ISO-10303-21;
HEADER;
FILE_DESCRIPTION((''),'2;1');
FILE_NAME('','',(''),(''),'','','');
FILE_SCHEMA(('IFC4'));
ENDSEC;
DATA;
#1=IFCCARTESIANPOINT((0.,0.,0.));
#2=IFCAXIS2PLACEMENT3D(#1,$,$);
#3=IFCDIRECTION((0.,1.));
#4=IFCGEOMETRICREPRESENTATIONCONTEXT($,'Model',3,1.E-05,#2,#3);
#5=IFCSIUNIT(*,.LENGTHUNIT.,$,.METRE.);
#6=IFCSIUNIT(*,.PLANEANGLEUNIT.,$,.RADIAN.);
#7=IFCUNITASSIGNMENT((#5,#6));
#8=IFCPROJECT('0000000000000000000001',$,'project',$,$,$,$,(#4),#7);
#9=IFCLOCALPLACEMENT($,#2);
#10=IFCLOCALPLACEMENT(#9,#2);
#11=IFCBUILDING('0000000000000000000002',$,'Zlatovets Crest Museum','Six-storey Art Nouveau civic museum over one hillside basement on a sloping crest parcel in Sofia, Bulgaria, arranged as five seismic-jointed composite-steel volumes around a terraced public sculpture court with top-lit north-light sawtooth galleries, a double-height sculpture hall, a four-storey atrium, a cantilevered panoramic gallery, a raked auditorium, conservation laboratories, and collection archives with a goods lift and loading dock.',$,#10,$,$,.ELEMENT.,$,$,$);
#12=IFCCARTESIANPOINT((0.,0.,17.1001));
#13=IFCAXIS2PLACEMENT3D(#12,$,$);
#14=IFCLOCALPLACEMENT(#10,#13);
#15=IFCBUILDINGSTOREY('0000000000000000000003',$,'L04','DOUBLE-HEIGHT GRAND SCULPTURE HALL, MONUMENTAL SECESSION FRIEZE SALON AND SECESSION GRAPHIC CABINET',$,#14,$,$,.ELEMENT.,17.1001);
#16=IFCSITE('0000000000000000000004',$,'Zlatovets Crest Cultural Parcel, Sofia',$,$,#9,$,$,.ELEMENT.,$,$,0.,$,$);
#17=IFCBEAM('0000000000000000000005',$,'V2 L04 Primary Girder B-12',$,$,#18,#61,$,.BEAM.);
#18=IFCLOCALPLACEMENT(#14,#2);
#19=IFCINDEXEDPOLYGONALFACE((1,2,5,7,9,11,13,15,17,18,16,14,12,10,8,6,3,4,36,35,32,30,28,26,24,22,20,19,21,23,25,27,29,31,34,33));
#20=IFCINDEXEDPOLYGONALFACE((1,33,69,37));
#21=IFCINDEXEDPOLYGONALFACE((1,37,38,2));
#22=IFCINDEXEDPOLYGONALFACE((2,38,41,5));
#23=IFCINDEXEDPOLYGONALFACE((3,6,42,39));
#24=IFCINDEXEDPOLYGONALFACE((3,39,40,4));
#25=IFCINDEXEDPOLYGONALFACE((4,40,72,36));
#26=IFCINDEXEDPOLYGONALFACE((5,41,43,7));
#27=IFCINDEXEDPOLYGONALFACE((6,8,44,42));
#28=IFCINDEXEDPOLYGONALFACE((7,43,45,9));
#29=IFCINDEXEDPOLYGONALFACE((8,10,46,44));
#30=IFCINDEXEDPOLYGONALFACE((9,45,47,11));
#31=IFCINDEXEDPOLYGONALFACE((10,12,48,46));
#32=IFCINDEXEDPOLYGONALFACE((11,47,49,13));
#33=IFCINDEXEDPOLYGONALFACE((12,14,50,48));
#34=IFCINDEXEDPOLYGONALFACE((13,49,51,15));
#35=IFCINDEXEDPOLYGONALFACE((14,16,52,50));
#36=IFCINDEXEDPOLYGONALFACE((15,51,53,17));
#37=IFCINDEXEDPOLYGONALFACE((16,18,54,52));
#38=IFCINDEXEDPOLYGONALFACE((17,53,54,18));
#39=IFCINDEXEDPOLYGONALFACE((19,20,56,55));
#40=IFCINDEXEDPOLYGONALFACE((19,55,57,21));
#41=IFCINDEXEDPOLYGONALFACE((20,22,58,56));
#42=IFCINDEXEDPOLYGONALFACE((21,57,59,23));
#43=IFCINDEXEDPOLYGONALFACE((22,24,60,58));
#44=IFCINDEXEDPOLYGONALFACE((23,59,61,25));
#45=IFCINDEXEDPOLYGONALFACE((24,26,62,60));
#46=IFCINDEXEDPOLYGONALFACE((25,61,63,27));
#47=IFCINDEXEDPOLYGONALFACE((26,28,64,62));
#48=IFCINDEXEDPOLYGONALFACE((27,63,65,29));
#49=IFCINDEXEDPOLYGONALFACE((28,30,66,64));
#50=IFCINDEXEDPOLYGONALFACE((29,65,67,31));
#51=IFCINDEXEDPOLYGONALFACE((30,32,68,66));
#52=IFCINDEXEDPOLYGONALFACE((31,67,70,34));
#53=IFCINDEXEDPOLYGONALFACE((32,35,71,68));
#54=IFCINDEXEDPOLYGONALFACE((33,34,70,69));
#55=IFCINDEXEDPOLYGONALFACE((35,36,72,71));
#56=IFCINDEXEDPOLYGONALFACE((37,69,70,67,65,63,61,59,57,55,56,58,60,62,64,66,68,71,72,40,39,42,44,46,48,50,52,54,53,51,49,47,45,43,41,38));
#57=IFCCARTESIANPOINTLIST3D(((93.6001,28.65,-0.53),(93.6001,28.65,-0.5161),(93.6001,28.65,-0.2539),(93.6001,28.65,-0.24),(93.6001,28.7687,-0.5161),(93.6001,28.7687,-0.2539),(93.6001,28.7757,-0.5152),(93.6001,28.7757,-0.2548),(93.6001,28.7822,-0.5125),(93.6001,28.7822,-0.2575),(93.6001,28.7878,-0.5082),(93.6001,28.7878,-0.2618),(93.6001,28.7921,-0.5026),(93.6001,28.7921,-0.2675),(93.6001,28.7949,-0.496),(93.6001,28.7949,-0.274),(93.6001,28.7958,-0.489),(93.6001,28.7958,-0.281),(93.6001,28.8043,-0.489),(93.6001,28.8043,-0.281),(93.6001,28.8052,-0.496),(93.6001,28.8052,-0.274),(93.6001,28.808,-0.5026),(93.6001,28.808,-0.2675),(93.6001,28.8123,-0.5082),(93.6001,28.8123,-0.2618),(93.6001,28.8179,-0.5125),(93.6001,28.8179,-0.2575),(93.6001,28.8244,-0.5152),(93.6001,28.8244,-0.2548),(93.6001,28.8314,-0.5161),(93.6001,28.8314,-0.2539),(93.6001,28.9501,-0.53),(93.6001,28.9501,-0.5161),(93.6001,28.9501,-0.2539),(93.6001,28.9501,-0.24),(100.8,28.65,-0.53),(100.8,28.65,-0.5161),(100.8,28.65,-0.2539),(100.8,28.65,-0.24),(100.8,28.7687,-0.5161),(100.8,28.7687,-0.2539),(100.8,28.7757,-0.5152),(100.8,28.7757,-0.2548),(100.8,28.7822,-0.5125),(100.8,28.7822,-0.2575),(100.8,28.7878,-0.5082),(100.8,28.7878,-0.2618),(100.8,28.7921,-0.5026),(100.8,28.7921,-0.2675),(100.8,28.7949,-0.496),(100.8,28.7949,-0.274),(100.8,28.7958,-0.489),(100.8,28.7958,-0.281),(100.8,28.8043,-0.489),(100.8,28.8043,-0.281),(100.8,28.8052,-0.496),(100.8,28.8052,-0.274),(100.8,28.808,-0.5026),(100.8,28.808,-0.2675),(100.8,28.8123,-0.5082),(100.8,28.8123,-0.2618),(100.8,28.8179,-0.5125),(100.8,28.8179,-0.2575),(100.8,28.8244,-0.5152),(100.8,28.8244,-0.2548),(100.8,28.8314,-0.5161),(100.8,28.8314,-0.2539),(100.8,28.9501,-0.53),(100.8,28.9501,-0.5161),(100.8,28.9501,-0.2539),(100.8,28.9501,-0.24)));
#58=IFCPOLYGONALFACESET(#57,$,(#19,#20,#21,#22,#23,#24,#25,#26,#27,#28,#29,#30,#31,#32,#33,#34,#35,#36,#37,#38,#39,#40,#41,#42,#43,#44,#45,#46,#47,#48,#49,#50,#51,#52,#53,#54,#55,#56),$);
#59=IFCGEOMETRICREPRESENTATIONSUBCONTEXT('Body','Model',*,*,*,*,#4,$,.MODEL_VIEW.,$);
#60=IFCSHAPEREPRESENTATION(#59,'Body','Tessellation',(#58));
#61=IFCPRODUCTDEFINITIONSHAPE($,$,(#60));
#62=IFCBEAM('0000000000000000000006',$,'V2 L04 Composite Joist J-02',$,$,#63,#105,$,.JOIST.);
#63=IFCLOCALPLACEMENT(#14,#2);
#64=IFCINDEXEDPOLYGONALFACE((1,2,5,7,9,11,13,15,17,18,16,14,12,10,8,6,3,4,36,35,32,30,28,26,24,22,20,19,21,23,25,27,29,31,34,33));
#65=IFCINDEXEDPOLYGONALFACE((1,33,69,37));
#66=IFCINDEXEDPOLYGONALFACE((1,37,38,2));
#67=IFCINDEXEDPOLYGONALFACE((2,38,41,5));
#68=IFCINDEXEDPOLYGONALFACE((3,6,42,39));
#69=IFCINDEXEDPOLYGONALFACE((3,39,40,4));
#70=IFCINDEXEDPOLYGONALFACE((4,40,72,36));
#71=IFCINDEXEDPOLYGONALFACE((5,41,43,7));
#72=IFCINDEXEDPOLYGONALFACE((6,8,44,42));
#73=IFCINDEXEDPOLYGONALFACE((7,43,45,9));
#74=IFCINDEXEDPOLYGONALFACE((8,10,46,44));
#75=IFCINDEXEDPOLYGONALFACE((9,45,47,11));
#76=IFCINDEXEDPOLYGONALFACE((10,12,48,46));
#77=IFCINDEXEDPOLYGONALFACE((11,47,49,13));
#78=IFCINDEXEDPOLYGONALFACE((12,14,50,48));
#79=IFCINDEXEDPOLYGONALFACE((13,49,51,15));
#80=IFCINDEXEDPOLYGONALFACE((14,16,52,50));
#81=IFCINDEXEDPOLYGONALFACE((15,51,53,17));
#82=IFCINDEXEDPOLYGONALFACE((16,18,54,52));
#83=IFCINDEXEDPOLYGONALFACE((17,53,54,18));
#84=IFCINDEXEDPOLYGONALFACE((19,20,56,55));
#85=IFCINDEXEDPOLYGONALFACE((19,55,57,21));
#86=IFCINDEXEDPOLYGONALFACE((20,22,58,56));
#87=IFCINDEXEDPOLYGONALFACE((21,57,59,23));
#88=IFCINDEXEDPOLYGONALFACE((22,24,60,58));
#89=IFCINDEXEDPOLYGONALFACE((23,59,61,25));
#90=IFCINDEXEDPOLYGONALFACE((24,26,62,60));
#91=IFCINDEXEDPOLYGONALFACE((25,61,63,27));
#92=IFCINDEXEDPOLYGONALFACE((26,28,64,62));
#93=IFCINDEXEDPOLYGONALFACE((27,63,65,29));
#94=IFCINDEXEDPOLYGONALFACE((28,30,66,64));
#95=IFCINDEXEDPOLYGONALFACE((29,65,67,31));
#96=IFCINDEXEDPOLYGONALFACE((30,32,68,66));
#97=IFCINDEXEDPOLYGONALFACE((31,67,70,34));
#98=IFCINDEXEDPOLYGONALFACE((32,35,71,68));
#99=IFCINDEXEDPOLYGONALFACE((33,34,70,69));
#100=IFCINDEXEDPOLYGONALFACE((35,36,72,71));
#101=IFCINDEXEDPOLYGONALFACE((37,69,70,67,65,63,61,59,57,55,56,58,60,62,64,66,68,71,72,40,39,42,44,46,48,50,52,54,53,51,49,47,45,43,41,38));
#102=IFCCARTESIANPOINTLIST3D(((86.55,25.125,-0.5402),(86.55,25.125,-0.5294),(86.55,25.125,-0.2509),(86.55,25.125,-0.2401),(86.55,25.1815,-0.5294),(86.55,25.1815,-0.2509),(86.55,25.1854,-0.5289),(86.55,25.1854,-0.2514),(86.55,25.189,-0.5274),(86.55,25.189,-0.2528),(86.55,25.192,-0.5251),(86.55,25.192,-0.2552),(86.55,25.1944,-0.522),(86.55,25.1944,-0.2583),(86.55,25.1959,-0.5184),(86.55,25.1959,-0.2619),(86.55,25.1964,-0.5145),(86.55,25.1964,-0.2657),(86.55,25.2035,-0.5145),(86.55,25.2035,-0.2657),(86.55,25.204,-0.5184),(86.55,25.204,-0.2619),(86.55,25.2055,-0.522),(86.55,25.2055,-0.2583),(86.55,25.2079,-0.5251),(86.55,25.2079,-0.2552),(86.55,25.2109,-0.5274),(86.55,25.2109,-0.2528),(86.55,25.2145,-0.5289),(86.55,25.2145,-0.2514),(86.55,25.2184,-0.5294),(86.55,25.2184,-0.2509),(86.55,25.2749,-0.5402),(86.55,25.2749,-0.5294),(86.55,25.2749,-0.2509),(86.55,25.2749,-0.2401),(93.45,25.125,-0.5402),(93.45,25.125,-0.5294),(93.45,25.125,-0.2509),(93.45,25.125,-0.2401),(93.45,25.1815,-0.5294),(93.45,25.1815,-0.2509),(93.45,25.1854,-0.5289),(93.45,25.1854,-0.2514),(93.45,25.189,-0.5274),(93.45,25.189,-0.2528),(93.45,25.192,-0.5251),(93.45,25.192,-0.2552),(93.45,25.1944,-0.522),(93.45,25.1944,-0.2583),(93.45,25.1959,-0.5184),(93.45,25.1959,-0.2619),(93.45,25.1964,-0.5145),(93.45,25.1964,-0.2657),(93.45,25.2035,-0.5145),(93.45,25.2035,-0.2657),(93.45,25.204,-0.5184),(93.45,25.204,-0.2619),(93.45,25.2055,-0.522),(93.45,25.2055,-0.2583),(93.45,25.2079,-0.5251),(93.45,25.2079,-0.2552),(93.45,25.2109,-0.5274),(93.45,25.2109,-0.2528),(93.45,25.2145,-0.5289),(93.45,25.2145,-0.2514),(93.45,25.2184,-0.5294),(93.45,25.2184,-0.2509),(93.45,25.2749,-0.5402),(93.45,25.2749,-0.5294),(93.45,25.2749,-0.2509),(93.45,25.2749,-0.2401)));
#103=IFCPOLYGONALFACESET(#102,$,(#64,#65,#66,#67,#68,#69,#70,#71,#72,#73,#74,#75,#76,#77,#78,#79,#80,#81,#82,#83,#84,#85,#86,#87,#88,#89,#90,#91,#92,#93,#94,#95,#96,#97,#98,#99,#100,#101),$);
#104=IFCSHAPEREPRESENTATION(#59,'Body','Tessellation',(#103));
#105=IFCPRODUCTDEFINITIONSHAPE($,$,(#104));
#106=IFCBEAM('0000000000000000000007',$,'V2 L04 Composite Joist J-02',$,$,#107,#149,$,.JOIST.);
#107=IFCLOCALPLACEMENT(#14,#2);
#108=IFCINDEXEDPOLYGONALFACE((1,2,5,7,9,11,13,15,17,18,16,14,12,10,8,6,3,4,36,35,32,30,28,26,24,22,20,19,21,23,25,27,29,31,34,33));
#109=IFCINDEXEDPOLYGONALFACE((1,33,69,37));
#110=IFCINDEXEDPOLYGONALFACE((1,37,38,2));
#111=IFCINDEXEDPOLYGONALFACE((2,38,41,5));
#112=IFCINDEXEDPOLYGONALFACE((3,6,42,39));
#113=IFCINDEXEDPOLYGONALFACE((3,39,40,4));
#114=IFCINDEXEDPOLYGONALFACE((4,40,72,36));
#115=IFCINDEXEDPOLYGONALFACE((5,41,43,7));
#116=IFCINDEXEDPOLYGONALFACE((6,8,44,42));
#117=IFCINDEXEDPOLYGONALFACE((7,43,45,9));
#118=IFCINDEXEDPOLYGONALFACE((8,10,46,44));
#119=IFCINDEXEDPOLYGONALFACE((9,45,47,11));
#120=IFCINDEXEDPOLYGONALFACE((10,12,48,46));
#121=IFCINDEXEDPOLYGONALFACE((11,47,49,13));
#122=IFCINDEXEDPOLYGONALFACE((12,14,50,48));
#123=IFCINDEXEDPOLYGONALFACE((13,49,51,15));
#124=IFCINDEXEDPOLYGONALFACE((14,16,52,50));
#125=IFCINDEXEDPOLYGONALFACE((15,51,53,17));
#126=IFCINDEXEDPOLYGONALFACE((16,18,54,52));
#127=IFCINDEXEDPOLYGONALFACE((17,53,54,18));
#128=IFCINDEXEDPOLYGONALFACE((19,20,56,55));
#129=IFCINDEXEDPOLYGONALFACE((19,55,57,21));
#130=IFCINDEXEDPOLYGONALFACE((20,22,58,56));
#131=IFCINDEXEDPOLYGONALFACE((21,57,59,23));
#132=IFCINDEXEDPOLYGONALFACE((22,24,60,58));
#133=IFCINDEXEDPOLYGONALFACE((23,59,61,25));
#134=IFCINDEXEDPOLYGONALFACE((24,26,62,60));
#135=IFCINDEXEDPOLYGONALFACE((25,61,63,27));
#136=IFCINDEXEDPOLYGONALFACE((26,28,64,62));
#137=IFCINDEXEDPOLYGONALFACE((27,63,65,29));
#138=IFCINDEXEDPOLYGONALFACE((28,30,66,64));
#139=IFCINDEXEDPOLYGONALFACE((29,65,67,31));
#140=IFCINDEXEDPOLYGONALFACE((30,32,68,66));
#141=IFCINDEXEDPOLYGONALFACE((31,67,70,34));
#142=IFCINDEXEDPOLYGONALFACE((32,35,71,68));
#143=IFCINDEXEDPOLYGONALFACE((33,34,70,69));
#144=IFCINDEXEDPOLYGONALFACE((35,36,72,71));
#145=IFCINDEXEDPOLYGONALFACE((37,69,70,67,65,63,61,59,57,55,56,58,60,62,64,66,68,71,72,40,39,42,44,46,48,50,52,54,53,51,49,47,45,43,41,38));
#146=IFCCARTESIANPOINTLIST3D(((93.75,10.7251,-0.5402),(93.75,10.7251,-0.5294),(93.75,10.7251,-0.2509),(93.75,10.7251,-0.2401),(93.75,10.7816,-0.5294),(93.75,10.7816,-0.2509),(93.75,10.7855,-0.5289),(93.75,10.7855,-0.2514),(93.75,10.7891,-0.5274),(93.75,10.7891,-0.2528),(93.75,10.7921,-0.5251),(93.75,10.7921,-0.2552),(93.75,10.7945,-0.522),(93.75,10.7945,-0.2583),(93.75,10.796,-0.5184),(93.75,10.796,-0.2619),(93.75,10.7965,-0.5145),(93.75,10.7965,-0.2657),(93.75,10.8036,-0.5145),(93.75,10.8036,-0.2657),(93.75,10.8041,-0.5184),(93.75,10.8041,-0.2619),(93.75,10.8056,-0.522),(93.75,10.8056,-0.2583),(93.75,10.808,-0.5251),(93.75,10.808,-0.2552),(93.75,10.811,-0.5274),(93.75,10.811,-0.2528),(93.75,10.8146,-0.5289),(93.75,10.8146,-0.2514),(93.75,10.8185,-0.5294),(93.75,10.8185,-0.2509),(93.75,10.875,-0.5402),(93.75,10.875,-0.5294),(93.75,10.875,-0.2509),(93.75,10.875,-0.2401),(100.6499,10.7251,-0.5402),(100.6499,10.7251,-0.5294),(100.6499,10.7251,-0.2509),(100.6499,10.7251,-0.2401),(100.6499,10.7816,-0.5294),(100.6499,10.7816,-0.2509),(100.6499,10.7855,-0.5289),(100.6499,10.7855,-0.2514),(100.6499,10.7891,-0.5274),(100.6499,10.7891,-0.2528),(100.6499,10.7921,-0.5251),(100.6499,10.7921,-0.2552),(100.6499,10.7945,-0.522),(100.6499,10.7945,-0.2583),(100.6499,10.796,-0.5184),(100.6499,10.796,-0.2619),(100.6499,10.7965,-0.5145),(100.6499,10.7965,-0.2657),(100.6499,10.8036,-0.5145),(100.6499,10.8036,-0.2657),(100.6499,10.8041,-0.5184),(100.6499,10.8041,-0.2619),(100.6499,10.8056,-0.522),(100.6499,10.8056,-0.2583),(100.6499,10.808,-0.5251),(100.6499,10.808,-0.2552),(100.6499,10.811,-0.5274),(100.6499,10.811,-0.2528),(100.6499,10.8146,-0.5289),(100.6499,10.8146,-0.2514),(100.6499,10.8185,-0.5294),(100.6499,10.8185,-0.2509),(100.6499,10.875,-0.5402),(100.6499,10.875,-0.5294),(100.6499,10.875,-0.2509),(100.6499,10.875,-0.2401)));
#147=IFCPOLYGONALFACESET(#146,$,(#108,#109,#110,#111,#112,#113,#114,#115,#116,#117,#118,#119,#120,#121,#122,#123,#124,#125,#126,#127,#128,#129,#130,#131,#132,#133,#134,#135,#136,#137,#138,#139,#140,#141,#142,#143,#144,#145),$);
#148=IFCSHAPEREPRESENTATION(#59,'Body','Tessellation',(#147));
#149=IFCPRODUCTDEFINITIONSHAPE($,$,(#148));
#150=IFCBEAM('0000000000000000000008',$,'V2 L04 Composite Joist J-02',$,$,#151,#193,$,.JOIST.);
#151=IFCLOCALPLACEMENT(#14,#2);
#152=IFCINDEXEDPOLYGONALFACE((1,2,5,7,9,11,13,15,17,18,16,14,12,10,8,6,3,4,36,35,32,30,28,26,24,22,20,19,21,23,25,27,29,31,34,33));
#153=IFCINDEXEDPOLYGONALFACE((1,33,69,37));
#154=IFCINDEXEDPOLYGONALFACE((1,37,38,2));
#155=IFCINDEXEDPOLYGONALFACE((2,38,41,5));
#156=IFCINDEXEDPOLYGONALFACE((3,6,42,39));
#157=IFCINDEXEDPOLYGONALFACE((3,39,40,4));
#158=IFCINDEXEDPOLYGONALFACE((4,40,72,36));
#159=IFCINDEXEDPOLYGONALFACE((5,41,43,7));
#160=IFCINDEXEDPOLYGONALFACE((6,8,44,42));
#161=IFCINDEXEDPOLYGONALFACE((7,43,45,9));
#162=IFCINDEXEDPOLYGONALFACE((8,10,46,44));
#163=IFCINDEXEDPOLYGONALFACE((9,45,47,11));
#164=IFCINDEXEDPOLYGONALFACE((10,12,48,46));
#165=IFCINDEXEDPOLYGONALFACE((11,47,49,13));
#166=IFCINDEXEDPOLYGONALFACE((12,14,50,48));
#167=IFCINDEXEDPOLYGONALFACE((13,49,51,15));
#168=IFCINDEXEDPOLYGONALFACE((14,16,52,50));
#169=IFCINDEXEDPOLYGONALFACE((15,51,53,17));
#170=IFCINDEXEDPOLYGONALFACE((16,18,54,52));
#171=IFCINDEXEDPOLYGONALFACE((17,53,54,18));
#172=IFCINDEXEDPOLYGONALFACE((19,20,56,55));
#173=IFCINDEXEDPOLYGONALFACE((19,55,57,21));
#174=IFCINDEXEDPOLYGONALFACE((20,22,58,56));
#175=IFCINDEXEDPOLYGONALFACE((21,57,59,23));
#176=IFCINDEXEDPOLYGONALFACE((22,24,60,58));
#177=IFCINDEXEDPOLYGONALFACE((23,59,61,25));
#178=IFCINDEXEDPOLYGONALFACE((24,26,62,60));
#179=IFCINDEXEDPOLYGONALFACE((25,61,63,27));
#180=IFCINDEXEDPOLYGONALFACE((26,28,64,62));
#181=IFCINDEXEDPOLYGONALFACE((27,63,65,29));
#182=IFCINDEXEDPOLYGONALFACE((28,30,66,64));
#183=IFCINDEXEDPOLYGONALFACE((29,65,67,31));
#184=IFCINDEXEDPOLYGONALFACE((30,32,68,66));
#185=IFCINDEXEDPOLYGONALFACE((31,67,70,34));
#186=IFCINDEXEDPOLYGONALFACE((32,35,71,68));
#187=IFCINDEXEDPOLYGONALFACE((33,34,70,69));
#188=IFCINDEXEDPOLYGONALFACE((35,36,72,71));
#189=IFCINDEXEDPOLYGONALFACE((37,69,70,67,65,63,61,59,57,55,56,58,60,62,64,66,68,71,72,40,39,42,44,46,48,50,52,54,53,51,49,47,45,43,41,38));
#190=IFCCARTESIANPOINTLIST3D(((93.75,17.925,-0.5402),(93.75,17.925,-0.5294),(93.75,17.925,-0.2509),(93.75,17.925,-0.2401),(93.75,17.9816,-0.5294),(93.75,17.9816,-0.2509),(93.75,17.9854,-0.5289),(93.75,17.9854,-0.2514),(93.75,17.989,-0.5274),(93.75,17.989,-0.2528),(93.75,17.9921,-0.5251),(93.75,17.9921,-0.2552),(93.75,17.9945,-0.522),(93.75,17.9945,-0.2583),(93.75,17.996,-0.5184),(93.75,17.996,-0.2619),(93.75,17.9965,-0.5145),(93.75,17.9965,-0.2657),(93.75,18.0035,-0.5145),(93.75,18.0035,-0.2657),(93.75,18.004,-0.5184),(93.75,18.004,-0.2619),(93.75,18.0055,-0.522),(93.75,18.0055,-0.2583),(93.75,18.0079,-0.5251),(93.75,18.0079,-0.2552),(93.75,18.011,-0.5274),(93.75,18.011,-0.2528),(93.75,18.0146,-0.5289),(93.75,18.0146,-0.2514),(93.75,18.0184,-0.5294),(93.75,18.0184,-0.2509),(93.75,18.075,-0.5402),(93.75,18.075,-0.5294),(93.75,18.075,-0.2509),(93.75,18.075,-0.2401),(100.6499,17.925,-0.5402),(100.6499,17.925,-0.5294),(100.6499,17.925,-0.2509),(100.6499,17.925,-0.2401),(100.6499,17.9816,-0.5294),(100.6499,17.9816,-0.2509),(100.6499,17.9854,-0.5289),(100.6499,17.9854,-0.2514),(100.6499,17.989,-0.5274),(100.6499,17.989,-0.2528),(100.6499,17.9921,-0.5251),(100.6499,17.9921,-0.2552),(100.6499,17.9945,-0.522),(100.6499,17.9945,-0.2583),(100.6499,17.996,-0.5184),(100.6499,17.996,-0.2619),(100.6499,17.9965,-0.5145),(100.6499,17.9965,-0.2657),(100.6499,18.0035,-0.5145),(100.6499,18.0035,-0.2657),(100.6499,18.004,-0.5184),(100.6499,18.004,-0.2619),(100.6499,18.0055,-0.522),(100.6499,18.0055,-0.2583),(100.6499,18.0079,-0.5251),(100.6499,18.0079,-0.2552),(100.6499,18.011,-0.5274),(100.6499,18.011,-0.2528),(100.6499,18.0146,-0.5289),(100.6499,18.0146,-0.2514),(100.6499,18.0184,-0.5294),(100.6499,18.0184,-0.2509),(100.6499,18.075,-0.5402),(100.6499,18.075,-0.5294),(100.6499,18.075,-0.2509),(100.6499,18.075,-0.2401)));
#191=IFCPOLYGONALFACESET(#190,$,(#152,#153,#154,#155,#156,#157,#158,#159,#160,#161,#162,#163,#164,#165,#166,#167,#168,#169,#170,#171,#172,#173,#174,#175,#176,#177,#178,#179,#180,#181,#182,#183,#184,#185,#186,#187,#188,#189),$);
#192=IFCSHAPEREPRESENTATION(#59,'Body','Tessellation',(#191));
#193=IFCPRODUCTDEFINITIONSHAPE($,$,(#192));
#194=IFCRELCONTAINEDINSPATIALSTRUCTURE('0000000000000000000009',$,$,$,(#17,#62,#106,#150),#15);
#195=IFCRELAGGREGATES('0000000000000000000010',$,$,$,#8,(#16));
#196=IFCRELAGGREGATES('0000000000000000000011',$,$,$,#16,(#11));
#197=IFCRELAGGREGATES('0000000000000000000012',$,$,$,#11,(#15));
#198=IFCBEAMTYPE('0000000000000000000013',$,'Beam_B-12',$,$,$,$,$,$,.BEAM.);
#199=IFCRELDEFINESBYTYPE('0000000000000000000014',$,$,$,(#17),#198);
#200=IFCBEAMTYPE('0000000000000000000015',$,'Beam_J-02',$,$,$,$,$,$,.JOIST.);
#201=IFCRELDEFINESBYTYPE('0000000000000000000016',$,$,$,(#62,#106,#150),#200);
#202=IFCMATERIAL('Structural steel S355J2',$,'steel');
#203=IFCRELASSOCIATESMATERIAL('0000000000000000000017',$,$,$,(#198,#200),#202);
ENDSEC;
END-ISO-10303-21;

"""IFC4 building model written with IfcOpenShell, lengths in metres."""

from ifc_helpers import new_model, si_unit, direction, frame, origin, origin_2d, place, context, subcontext, project, spatial, i_section, extrude, material, material_profile, profile_set, type_object, element, save


model = new_model("IFC4")

# Units and contexts
model_context = context("Model", 3, precision=1e-05, world=origin(), true_north=direction((0.0, 1.0)))
body_context = subcontext(model_context, "Body", "Model", "MODEL_VIEW")
ifc_project = project(units=[si_unit("LENGTHUNIT", "METRE"), si_unit("PLANEANGLEUNIT", "RADIAN")], contexts=[model_context])

# Site, building, storey
site_placement = place(None, origin())
site = spatial("IfcSite", under=ifc_project, at=site_placement, Name="Zlatovets Crest Cultural Parcel, Sofia", CompositionType="ELEMENT", RefElevation=0.0)
building_placement = place(site_placement, origin())
building = spatial("IfcBuilding", under=site, at=building_placement, Name="Zlatovets Crest Museum", Description="Six-storey Art Nouveau civic museum over one hillside basement on a sloping crest parcel in Sofia, Bulgaria, arranged as five seismic-jointed composite-steel volumes around a terraced public sculpture court with top-lit north-light sawtooth galleries, a double-height sculpture hall, a four-storey atrium, a cantilevered panoramic gallery, a raked auditorium, conservation laboratories, and collection archives with a goods lift and loading dock.", CompositionType="ELEMENT")
storey_placement = place(building_placement, frame((0.0, 0.0, 17.1001)))
storey = spatial("IfcBuildingStorey", under=building, at=storey_placement, Name="L04", Description="DOUBLE-HEIGHT GRAND SCULPTURE HALL, MONUMENTAL SECESSION FRIEZE SALON AND SECESSION GRAPHIC CABINET", CompositionType="ELEMENT", Elevation=17.1001)

# Shared definitions
ifc_material_1 = material(Name="Structural steel S355J2", Category="steel")

# Beams
ifc_material_profile_1 = material_profile(ifc_material_1, i_section(OverallWidth=0.3, OverallDepth=0.29, WebThickness=0.0085, FlangeThickness=0.0139, FilletRadius=0.0271, at=origin_2d()), Name="HEA 300")
ifc_profile_set_1 = profile_set([ifc_material_profile_1], Name="Structural steel S355J2")
beam_type_1 = type_object("IfcBeamType", Name="Beam_B-12", PredefinedType="BEAM", material=ifc_profile_set_1)
for number, where, z_axis, x_axis, name in (
    (1, (93.6001, 28.8, -0.385), (1.0, 0.0, 0.0), (0.0, 1.0, 0.0), "V2 L04 Primary Girder B-12"),
):
    element("IfcBeam", number, at=place(storey_placement, frame(where, z_axis=z_axis, x_axis=x_axis)), inside=storey, type_object=beam_type_1, Name=name, PredefinedType="BEAM", context=body_context, shape_type="SweptSolid", body=[
        extrude(i_section(OverallWidth=0.3, OverallDepth=0.29, WebThickness=0.0085, FlangeThickness=0.0139, FilletRadius=0.0271, at=origin_2d()), origin(), (0.0, 0.0, 1.0), 7.2),
    ])
ifc_material_profile_2 = material_profile(ifc_material_1, i_section(OverallWidth=0.1499, OverallDepth=0.3, WebThickness=0.0071, FlangeThickness=0.0107, FilletRadius=0.0149, at=origin_2d()), Name="IPE 300")
ifc_profile_set_2 = profile_set([ifc_material_profile_2], Name="Structural steel S355J2")
beam_type_2 = type_object("IfcBeamType", Name="Beam_J-02", PredefinedType="JOIST", material=ifc_profile_set_2)
for number, where, z_axis, x_axis, name in (
    (2, (86.55, 25.2, -0.3901), (1.0, 0.0, 0.0), (0.0, 1.0, 0.0), "V2 L04 Composite Joist J-02"),
    (3, (93.75, 10.8, -0.3901), (1.0, 0.0, 0.0), (0.0, 1.0, 0.0), "V2 L04 Composite Joist J-02"),
    (4, (93.75, 18.0, -0.3901), (1.0, 0.0, 0.0), (0.0, 1.0, 0.0), "V2 L04 Composite Joist J-02"),
):
    element("IfcBeam", number, at=place(storey_placement, frame(where, z_axis=z_axis, x_axis=x_axis)), inside=storey, type_object=beam_type_2, Name=name, PredefinedType="JOIST", context=body_context, shape_type="SweptSolid", body=[
        extrude(i_section(OverallWidth=0.1499, OverallDepth=0.3, WebThickness=0.0071, FlangeThickness=0.0107, FilletRadius=0.0149, at=origin_2d()), origin(), (0.0, 0.0, 1.0), 6.8999),
    ])

save(model, "model.ifc")
